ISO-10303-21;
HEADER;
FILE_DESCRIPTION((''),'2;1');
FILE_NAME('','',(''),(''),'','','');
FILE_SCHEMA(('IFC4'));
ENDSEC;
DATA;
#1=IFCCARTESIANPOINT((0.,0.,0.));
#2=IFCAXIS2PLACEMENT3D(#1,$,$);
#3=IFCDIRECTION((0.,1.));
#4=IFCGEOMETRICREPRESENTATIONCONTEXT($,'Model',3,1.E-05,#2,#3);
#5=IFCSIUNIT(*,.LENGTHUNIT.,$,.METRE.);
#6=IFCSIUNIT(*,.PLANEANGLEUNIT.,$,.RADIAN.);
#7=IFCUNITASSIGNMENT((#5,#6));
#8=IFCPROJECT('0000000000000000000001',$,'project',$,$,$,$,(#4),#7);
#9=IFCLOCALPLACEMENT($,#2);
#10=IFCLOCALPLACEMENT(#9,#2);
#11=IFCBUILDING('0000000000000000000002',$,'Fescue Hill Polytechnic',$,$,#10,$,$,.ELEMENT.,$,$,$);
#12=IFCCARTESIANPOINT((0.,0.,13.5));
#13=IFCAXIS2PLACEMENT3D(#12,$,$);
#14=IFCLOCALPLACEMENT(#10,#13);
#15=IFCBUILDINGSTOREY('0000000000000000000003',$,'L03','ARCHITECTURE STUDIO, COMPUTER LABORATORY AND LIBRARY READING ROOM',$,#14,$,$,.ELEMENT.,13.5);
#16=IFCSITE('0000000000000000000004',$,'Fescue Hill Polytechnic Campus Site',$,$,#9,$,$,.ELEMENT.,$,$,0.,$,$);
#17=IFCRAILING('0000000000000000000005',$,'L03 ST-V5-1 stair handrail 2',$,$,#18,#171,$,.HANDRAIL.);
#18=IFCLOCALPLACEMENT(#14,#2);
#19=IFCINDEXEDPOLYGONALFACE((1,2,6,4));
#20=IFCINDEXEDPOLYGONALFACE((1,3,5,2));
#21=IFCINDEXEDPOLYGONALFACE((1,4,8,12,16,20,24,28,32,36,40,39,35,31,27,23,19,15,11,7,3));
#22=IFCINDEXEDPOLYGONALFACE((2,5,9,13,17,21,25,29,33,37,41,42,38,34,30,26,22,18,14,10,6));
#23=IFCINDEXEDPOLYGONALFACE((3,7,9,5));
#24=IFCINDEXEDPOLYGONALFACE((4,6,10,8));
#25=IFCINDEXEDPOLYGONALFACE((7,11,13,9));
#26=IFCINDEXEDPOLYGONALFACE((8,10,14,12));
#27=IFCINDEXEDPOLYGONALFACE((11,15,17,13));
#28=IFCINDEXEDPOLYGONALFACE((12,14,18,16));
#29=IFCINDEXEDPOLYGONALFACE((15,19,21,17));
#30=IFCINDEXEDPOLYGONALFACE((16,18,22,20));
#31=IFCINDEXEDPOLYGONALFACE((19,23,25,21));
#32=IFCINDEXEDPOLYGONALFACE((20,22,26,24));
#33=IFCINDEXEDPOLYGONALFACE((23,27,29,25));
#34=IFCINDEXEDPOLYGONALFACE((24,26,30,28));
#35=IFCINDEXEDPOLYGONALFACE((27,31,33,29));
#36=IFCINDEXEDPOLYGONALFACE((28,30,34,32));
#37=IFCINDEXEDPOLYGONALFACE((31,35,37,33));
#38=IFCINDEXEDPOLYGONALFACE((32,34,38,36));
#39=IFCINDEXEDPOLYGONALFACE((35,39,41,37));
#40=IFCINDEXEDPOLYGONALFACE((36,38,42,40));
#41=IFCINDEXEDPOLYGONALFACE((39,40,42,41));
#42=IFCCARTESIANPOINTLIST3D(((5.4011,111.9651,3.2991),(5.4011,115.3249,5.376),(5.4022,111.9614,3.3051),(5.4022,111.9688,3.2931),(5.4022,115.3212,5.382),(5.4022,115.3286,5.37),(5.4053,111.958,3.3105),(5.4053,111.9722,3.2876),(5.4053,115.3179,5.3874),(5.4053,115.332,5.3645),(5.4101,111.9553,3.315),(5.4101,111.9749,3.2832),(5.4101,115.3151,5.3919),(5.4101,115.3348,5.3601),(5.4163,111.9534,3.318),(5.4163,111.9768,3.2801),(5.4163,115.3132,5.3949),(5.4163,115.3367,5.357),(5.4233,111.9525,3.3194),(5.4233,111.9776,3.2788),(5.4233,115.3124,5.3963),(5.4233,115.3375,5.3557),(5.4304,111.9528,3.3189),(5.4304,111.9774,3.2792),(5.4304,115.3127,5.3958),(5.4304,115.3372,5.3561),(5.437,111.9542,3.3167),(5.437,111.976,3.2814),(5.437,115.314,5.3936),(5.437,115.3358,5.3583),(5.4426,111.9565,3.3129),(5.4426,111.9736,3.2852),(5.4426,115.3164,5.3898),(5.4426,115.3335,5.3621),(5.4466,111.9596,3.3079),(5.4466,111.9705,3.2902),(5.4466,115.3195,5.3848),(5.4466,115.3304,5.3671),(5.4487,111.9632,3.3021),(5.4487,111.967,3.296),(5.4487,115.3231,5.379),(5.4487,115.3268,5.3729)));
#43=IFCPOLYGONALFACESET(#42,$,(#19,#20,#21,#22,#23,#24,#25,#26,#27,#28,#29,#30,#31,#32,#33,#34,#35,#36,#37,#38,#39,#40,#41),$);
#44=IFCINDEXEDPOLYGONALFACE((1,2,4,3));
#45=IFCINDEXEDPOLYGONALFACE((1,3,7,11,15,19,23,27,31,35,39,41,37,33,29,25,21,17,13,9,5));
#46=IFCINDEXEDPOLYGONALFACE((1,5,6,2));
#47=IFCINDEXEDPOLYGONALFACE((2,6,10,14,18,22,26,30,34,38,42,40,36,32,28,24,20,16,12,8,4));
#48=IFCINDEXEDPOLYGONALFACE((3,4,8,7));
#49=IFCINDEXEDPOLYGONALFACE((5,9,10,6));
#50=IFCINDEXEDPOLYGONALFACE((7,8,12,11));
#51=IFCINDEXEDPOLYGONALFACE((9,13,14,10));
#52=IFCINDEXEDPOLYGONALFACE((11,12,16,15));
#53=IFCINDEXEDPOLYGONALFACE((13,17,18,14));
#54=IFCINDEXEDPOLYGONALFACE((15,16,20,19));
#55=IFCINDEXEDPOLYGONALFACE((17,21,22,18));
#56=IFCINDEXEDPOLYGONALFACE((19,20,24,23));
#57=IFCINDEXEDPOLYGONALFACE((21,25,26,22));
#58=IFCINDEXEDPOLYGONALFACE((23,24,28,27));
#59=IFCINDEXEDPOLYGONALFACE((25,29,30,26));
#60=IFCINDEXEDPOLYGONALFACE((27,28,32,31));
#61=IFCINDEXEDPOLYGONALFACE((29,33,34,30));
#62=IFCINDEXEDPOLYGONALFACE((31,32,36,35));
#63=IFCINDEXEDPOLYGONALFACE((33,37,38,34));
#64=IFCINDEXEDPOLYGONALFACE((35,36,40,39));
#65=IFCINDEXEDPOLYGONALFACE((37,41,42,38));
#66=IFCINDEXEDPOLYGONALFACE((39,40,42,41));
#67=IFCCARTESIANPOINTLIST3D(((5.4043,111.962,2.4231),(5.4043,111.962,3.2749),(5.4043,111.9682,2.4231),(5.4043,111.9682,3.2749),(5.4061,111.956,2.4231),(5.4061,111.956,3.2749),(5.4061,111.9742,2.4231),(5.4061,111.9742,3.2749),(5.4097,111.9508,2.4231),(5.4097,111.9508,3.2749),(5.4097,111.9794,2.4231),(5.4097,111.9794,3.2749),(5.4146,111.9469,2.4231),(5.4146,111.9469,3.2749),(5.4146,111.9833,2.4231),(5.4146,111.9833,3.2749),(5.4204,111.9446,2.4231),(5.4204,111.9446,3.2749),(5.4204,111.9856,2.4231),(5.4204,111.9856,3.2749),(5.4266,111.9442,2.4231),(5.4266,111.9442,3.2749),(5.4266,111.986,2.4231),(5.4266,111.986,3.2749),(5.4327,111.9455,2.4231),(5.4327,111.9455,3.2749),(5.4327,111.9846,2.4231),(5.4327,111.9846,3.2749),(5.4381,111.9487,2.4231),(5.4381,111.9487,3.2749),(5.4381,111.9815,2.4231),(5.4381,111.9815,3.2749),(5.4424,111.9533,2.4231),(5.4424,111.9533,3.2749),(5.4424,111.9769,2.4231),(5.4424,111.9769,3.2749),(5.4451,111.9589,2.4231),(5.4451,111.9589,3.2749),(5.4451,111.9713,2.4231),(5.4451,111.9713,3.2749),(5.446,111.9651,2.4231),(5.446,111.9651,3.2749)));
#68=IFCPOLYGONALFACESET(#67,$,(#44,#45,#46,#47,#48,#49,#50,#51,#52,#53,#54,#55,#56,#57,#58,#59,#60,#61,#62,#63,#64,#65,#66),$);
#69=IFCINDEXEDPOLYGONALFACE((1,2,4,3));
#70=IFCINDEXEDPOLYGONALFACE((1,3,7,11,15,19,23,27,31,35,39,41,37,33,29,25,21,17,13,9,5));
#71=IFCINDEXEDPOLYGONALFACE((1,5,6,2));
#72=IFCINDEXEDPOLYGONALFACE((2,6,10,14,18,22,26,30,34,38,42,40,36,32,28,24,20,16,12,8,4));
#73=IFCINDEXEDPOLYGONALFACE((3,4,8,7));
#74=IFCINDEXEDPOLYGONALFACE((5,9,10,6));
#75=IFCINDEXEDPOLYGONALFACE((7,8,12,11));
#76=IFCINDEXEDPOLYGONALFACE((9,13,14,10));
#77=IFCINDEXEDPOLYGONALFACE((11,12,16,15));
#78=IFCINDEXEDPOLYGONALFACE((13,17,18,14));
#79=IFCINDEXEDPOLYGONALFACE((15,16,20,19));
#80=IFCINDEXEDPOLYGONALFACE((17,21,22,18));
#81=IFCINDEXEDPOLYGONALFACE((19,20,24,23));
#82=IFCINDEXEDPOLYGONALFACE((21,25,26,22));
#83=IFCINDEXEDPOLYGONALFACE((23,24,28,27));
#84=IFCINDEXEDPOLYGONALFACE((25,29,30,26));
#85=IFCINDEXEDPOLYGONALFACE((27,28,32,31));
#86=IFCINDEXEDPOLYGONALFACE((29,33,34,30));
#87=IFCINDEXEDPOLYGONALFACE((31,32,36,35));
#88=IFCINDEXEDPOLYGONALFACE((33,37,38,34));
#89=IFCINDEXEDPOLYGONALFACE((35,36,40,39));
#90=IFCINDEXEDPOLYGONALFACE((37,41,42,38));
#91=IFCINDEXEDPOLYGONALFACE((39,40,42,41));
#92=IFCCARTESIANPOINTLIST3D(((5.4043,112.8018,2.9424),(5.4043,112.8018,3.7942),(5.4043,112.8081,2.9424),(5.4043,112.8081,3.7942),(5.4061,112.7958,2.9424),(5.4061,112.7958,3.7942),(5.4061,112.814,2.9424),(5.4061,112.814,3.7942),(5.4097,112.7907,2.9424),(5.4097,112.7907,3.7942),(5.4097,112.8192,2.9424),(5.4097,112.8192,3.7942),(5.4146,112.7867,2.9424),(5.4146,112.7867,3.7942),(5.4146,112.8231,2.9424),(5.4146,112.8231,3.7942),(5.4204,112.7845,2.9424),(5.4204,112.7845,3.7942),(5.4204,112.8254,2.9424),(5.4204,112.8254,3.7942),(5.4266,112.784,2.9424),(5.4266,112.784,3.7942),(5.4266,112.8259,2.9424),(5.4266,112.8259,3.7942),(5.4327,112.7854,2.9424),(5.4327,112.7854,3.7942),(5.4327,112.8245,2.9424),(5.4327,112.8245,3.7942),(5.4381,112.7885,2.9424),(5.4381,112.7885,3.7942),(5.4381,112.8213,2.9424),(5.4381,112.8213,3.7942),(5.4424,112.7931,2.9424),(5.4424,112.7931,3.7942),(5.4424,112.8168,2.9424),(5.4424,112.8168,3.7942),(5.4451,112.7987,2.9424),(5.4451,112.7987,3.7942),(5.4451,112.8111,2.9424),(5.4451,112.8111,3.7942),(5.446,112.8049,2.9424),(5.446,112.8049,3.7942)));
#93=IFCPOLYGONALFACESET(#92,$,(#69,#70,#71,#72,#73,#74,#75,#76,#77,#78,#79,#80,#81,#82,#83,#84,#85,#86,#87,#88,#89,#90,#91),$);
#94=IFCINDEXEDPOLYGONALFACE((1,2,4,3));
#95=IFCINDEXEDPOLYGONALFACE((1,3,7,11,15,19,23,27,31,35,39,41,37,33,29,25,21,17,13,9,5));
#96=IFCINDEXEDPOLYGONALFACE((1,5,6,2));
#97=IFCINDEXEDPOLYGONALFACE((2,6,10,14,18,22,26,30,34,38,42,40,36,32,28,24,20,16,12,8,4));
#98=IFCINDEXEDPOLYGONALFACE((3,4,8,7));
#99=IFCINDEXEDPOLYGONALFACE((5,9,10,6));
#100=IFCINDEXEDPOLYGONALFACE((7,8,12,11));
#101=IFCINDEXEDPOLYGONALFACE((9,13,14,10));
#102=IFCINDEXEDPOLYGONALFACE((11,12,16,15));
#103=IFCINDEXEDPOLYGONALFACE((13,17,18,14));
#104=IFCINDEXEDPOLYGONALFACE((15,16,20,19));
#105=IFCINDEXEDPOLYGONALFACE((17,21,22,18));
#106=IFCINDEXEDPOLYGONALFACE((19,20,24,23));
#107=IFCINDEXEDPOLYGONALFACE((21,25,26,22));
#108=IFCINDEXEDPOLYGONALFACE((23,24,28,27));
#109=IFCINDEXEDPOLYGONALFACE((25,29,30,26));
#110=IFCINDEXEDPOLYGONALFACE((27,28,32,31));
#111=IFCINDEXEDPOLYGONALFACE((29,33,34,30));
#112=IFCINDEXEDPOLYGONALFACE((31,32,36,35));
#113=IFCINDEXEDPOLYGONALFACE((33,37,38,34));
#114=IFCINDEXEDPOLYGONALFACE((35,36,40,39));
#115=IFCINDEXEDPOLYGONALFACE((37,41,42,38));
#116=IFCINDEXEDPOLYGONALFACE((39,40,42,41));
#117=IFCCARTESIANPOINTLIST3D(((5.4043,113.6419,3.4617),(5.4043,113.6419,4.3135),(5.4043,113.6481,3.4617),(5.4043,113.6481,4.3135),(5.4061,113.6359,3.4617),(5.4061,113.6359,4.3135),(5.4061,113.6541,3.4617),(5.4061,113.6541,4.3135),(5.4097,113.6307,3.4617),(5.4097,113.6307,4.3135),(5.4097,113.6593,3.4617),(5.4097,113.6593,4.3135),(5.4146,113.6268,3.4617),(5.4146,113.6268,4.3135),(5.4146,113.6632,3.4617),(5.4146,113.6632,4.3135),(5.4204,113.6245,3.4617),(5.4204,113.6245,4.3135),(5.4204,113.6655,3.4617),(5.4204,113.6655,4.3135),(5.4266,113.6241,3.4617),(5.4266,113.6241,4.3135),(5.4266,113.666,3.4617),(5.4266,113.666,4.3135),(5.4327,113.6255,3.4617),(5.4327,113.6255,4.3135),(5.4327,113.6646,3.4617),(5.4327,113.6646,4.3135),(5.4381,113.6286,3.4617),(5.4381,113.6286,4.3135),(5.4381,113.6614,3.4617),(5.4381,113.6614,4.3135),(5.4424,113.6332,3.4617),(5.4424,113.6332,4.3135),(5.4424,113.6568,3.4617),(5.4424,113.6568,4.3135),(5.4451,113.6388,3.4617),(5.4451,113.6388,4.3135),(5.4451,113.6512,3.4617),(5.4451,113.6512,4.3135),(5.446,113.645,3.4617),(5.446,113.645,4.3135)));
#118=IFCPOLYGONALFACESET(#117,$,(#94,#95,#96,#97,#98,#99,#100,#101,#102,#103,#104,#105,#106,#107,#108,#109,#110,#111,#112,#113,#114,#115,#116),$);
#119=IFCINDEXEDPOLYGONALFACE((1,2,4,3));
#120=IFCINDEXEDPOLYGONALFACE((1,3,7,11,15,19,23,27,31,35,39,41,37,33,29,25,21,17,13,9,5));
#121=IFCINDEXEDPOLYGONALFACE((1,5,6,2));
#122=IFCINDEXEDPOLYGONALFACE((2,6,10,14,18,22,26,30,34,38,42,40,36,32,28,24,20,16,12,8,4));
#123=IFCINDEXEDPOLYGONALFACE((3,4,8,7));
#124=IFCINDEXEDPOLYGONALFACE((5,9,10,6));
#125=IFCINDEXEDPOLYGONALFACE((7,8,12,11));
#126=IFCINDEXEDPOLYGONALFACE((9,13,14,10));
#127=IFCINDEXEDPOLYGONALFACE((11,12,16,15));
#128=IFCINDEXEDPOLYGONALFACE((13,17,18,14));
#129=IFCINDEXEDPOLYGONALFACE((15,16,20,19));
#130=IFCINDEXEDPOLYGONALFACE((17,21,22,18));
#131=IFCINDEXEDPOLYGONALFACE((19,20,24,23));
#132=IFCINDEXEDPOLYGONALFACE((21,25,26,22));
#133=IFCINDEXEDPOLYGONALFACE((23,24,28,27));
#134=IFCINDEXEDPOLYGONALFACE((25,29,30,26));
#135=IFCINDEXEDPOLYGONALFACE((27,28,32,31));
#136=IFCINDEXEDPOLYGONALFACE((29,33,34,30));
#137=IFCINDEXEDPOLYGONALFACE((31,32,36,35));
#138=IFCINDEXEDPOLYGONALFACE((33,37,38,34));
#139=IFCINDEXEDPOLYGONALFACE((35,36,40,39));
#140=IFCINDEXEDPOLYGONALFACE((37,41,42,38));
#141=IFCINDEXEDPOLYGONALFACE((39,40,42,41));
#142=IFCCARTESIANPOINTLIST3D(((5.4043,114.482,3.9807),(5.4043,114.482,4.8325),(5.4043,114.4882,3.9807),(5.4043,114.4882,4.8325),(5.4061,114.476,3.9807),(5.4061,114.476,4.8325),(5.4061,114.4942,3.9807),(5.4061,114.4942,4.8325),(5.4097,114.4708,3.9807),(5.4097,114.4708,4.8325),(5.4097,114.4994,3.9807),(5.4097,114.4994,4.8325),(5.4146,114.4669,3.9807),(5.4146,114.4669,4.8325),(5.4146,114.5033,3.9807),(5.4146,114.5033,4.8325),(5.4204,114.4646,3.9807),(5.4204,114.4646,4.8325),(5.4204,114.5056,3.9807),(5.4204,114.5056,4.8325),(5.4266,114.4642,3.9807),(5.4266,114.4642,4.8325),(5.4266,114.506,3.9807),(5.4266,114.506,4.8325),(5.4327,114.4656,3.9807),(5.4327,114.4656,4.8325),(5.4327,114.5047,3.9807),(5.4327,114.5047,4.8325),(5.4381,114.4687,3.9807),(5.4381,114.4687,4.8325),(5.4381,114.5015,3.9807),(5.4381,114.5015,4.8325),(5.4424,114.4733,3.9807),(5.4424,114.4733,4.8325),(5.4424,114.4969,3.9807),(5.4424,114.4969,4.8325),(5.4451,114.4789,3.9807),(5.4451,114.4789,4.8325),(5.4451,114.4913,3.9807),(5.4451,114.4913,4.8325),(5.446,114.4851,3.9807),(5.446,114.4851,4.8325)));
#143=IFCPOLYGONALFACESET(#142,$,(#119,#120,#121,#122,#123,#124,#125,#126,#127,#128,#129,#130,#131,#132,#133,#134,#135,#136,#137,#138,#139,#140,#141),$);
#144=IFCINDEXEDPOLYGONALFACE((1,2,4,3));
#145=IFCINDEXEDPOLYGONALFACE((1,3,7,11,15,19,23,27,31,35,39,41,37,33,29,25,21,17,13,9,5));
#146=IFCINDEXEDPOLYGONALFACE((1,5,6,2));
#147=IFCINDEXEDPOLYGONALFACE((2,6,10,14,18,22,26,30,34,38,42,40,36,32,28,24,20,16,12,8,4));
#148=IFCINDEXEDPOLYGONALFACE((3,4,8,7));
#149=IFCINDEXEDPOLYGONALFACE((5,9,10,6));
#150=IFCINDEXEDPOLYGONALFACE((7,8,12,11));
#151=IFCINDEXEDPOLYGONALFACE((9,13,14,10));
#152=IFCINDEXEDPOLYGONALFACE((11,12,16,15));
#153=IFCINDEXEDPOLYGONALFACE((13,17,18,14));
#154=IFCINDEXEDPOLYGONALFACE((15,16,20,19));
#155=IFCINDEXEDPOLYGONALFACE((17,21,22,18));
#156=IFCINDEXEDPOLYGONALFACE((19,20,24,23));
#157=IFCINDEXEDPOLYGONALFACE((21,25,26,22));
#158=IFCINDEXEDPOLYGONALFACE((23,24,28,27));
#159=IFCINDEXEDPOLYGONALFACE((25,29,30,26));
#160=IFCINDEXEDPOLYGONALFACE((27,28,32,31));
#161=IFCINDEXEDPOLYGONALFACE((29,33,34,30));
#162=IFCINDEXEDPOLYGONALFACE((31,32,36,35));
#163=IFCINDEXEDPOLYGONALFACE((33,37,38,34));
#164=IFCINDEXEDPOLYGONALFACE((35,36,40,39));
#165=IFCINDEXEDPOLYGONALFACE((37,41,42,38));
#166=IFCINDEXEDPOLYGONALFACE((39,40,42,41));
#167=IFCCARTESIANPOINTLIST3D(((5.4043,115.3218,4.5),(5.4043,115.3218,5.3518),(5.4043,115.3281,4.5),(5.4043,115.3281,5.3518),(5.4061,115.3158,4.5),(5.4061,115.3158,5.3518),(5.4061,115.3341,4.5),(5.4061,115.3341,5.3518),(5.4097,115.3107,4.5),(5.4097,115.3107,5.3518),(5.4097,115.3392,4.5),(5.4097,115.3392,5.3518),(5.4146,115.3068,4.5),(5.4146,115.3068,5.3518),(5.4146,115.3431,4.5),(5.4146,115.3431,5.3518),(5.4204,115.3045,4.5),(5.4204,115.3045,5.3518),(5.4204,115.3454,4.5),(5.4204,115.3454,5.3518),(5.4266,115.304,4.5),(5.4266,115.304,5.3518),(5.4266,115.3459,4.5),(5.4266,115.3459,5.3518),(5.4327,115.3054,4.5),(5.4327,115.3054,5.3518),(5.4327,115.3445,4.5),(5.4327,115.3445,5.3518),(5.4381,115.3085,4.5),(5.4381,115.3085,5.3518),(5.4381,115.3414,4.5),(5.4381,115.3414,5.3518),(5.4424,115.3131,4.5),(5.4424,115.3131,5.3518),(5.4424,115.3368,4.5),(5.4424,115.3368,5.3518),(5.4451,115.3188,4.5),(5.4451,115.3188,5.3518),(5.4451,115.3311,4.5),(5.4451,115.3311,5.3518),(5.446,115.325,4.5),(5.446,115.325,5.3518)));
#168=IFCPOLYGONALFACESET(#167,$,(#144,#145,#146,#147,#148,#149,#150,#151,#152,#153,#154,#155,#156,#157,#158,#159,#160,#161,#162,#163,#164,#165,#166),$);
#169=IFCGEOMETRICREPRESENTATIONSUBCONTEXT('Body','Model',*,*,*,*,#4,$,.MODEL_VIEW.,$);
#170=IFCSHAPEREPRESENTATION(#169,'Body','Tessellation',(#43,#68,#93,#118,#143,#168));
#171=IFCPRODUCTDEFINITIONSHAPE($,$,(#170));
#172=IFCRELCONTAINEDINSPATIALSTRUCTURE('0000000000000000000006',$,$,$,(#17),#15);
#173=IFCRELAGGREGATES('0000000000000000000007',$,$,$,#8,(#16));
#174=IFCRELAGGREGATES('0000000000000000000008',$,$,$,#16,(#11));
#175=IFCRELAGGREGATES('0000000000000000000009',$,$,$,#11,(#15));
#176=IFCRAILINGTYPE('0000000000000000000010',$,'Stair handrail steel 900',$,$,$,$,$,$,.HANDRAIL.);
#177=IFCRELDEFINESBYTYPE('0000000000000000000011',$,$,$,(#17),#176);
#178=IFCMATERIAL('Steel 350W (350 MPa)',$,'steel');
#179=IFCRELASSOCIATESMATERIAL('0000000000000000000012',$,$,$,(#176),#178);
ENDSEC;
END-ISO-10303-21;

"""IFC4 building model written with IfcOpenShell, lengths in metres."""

from ifc_helpers import new_model, si_unit, direction, frame, origin, origin_2d, place, context, subcontext, project, spatial, circle, extrude, material, type_object, element, save


model = new_model("IFC4")

# Units and contexts
model_context = context("Model", 3, precision=1e-05, world=origin(), true_north=direction((0.0, 1.0)))
body_context = subcontext(model_context, "Body", "Model", "MODEL_VIEW")
ifc_project = project(units=[si_unit("LENGTHUNIT", "METRE"), si_unit("PLANEANGLEUNIT", "RADIAN")], contexts=[model_context])

# Site, building, storey
site_placement = place(None, origin())
site = spatial("IfcSite", under=ifc_project, at=site_placement, Name="Fescue Hill Polytechnic Campus Site", CompositionType="ELEMENT", RefElevation=0.0)
building_placement = place(site_placement, origin())
building = spatial("IfcBuilding", under=site, at=building_placement, Name="Fescue Hill Polytechnic", CompositionType="ELEMENT")
storey_placement = place(building_placement, frame((0.0, 0.0, 13.5)))
storey = spatial("IfcBuildingStorey", under=building, at=storey_placement, Name="L03", Description="ARCHITECTURE STUDIO, COMPUTER LABORATORY AND LIBRARY READING ROOM", CompositionType="ELEMENT", Elevation=13.5)

# Railing
ifc_material_1 = material(Name="Steel 350W (350 MPa)", Category="steel")
railing_type_1 = type_object("IfcRailingType", Name="Stair handrail steel 900", PredefinedType="HANDRAIL", material=ifc_material_1)
railing_1_placement = place(storey_placement, frame((5.425, 111.9651, 2.4231)))
element("IfcRailing", 1, at=railing_1_placement, inside=storey, type_object=railing_type_1, Name="L03 ST-V5-1 stair handrail 2", PredefinedType="HANDRAIL", context=body_context, shape_type="SweptSolid", body=[
    extrude(circle(Radius=0.0239, at=origin_2d()), frame((0.0, 0.0, 0.876), z_axis=(0.0, 0.850606, 0.525803), x_axis=(-1.0, 0.0, 0.0)), (0.0, 0.0, 1.0), 3.95),
    extrude(circle(Radius=0.021, at=origin_2d()), origin(), (0.0, 0.0, 1.0), 0.8518),
    extrude(circle(Radius=0.021, at=origin_2d()), frame((0.0, 0.8398, 0.5193)), (0.0, 0.0, 1.0), 0.8518),
    extrude(circle(Radius=0.021, at=origin_2d()), frame((0.0, 1.6799, 1.0386)), (0.0, 0.0, 1.0), 0.8518),
    extrude(circle(Radius=0.021, at=origin_2d()), frame((0.0, 2.52, 1.5576)), (0.0, 0.0, 1.0), 0.8518),
    extrude(circle(Radius=0.021, at=origin_2d()), frame((0.0, 3.3599, 2.0769)), (0.0, 0.0, 1.0), 0.8518),
])

save(model, "model.ifc")
